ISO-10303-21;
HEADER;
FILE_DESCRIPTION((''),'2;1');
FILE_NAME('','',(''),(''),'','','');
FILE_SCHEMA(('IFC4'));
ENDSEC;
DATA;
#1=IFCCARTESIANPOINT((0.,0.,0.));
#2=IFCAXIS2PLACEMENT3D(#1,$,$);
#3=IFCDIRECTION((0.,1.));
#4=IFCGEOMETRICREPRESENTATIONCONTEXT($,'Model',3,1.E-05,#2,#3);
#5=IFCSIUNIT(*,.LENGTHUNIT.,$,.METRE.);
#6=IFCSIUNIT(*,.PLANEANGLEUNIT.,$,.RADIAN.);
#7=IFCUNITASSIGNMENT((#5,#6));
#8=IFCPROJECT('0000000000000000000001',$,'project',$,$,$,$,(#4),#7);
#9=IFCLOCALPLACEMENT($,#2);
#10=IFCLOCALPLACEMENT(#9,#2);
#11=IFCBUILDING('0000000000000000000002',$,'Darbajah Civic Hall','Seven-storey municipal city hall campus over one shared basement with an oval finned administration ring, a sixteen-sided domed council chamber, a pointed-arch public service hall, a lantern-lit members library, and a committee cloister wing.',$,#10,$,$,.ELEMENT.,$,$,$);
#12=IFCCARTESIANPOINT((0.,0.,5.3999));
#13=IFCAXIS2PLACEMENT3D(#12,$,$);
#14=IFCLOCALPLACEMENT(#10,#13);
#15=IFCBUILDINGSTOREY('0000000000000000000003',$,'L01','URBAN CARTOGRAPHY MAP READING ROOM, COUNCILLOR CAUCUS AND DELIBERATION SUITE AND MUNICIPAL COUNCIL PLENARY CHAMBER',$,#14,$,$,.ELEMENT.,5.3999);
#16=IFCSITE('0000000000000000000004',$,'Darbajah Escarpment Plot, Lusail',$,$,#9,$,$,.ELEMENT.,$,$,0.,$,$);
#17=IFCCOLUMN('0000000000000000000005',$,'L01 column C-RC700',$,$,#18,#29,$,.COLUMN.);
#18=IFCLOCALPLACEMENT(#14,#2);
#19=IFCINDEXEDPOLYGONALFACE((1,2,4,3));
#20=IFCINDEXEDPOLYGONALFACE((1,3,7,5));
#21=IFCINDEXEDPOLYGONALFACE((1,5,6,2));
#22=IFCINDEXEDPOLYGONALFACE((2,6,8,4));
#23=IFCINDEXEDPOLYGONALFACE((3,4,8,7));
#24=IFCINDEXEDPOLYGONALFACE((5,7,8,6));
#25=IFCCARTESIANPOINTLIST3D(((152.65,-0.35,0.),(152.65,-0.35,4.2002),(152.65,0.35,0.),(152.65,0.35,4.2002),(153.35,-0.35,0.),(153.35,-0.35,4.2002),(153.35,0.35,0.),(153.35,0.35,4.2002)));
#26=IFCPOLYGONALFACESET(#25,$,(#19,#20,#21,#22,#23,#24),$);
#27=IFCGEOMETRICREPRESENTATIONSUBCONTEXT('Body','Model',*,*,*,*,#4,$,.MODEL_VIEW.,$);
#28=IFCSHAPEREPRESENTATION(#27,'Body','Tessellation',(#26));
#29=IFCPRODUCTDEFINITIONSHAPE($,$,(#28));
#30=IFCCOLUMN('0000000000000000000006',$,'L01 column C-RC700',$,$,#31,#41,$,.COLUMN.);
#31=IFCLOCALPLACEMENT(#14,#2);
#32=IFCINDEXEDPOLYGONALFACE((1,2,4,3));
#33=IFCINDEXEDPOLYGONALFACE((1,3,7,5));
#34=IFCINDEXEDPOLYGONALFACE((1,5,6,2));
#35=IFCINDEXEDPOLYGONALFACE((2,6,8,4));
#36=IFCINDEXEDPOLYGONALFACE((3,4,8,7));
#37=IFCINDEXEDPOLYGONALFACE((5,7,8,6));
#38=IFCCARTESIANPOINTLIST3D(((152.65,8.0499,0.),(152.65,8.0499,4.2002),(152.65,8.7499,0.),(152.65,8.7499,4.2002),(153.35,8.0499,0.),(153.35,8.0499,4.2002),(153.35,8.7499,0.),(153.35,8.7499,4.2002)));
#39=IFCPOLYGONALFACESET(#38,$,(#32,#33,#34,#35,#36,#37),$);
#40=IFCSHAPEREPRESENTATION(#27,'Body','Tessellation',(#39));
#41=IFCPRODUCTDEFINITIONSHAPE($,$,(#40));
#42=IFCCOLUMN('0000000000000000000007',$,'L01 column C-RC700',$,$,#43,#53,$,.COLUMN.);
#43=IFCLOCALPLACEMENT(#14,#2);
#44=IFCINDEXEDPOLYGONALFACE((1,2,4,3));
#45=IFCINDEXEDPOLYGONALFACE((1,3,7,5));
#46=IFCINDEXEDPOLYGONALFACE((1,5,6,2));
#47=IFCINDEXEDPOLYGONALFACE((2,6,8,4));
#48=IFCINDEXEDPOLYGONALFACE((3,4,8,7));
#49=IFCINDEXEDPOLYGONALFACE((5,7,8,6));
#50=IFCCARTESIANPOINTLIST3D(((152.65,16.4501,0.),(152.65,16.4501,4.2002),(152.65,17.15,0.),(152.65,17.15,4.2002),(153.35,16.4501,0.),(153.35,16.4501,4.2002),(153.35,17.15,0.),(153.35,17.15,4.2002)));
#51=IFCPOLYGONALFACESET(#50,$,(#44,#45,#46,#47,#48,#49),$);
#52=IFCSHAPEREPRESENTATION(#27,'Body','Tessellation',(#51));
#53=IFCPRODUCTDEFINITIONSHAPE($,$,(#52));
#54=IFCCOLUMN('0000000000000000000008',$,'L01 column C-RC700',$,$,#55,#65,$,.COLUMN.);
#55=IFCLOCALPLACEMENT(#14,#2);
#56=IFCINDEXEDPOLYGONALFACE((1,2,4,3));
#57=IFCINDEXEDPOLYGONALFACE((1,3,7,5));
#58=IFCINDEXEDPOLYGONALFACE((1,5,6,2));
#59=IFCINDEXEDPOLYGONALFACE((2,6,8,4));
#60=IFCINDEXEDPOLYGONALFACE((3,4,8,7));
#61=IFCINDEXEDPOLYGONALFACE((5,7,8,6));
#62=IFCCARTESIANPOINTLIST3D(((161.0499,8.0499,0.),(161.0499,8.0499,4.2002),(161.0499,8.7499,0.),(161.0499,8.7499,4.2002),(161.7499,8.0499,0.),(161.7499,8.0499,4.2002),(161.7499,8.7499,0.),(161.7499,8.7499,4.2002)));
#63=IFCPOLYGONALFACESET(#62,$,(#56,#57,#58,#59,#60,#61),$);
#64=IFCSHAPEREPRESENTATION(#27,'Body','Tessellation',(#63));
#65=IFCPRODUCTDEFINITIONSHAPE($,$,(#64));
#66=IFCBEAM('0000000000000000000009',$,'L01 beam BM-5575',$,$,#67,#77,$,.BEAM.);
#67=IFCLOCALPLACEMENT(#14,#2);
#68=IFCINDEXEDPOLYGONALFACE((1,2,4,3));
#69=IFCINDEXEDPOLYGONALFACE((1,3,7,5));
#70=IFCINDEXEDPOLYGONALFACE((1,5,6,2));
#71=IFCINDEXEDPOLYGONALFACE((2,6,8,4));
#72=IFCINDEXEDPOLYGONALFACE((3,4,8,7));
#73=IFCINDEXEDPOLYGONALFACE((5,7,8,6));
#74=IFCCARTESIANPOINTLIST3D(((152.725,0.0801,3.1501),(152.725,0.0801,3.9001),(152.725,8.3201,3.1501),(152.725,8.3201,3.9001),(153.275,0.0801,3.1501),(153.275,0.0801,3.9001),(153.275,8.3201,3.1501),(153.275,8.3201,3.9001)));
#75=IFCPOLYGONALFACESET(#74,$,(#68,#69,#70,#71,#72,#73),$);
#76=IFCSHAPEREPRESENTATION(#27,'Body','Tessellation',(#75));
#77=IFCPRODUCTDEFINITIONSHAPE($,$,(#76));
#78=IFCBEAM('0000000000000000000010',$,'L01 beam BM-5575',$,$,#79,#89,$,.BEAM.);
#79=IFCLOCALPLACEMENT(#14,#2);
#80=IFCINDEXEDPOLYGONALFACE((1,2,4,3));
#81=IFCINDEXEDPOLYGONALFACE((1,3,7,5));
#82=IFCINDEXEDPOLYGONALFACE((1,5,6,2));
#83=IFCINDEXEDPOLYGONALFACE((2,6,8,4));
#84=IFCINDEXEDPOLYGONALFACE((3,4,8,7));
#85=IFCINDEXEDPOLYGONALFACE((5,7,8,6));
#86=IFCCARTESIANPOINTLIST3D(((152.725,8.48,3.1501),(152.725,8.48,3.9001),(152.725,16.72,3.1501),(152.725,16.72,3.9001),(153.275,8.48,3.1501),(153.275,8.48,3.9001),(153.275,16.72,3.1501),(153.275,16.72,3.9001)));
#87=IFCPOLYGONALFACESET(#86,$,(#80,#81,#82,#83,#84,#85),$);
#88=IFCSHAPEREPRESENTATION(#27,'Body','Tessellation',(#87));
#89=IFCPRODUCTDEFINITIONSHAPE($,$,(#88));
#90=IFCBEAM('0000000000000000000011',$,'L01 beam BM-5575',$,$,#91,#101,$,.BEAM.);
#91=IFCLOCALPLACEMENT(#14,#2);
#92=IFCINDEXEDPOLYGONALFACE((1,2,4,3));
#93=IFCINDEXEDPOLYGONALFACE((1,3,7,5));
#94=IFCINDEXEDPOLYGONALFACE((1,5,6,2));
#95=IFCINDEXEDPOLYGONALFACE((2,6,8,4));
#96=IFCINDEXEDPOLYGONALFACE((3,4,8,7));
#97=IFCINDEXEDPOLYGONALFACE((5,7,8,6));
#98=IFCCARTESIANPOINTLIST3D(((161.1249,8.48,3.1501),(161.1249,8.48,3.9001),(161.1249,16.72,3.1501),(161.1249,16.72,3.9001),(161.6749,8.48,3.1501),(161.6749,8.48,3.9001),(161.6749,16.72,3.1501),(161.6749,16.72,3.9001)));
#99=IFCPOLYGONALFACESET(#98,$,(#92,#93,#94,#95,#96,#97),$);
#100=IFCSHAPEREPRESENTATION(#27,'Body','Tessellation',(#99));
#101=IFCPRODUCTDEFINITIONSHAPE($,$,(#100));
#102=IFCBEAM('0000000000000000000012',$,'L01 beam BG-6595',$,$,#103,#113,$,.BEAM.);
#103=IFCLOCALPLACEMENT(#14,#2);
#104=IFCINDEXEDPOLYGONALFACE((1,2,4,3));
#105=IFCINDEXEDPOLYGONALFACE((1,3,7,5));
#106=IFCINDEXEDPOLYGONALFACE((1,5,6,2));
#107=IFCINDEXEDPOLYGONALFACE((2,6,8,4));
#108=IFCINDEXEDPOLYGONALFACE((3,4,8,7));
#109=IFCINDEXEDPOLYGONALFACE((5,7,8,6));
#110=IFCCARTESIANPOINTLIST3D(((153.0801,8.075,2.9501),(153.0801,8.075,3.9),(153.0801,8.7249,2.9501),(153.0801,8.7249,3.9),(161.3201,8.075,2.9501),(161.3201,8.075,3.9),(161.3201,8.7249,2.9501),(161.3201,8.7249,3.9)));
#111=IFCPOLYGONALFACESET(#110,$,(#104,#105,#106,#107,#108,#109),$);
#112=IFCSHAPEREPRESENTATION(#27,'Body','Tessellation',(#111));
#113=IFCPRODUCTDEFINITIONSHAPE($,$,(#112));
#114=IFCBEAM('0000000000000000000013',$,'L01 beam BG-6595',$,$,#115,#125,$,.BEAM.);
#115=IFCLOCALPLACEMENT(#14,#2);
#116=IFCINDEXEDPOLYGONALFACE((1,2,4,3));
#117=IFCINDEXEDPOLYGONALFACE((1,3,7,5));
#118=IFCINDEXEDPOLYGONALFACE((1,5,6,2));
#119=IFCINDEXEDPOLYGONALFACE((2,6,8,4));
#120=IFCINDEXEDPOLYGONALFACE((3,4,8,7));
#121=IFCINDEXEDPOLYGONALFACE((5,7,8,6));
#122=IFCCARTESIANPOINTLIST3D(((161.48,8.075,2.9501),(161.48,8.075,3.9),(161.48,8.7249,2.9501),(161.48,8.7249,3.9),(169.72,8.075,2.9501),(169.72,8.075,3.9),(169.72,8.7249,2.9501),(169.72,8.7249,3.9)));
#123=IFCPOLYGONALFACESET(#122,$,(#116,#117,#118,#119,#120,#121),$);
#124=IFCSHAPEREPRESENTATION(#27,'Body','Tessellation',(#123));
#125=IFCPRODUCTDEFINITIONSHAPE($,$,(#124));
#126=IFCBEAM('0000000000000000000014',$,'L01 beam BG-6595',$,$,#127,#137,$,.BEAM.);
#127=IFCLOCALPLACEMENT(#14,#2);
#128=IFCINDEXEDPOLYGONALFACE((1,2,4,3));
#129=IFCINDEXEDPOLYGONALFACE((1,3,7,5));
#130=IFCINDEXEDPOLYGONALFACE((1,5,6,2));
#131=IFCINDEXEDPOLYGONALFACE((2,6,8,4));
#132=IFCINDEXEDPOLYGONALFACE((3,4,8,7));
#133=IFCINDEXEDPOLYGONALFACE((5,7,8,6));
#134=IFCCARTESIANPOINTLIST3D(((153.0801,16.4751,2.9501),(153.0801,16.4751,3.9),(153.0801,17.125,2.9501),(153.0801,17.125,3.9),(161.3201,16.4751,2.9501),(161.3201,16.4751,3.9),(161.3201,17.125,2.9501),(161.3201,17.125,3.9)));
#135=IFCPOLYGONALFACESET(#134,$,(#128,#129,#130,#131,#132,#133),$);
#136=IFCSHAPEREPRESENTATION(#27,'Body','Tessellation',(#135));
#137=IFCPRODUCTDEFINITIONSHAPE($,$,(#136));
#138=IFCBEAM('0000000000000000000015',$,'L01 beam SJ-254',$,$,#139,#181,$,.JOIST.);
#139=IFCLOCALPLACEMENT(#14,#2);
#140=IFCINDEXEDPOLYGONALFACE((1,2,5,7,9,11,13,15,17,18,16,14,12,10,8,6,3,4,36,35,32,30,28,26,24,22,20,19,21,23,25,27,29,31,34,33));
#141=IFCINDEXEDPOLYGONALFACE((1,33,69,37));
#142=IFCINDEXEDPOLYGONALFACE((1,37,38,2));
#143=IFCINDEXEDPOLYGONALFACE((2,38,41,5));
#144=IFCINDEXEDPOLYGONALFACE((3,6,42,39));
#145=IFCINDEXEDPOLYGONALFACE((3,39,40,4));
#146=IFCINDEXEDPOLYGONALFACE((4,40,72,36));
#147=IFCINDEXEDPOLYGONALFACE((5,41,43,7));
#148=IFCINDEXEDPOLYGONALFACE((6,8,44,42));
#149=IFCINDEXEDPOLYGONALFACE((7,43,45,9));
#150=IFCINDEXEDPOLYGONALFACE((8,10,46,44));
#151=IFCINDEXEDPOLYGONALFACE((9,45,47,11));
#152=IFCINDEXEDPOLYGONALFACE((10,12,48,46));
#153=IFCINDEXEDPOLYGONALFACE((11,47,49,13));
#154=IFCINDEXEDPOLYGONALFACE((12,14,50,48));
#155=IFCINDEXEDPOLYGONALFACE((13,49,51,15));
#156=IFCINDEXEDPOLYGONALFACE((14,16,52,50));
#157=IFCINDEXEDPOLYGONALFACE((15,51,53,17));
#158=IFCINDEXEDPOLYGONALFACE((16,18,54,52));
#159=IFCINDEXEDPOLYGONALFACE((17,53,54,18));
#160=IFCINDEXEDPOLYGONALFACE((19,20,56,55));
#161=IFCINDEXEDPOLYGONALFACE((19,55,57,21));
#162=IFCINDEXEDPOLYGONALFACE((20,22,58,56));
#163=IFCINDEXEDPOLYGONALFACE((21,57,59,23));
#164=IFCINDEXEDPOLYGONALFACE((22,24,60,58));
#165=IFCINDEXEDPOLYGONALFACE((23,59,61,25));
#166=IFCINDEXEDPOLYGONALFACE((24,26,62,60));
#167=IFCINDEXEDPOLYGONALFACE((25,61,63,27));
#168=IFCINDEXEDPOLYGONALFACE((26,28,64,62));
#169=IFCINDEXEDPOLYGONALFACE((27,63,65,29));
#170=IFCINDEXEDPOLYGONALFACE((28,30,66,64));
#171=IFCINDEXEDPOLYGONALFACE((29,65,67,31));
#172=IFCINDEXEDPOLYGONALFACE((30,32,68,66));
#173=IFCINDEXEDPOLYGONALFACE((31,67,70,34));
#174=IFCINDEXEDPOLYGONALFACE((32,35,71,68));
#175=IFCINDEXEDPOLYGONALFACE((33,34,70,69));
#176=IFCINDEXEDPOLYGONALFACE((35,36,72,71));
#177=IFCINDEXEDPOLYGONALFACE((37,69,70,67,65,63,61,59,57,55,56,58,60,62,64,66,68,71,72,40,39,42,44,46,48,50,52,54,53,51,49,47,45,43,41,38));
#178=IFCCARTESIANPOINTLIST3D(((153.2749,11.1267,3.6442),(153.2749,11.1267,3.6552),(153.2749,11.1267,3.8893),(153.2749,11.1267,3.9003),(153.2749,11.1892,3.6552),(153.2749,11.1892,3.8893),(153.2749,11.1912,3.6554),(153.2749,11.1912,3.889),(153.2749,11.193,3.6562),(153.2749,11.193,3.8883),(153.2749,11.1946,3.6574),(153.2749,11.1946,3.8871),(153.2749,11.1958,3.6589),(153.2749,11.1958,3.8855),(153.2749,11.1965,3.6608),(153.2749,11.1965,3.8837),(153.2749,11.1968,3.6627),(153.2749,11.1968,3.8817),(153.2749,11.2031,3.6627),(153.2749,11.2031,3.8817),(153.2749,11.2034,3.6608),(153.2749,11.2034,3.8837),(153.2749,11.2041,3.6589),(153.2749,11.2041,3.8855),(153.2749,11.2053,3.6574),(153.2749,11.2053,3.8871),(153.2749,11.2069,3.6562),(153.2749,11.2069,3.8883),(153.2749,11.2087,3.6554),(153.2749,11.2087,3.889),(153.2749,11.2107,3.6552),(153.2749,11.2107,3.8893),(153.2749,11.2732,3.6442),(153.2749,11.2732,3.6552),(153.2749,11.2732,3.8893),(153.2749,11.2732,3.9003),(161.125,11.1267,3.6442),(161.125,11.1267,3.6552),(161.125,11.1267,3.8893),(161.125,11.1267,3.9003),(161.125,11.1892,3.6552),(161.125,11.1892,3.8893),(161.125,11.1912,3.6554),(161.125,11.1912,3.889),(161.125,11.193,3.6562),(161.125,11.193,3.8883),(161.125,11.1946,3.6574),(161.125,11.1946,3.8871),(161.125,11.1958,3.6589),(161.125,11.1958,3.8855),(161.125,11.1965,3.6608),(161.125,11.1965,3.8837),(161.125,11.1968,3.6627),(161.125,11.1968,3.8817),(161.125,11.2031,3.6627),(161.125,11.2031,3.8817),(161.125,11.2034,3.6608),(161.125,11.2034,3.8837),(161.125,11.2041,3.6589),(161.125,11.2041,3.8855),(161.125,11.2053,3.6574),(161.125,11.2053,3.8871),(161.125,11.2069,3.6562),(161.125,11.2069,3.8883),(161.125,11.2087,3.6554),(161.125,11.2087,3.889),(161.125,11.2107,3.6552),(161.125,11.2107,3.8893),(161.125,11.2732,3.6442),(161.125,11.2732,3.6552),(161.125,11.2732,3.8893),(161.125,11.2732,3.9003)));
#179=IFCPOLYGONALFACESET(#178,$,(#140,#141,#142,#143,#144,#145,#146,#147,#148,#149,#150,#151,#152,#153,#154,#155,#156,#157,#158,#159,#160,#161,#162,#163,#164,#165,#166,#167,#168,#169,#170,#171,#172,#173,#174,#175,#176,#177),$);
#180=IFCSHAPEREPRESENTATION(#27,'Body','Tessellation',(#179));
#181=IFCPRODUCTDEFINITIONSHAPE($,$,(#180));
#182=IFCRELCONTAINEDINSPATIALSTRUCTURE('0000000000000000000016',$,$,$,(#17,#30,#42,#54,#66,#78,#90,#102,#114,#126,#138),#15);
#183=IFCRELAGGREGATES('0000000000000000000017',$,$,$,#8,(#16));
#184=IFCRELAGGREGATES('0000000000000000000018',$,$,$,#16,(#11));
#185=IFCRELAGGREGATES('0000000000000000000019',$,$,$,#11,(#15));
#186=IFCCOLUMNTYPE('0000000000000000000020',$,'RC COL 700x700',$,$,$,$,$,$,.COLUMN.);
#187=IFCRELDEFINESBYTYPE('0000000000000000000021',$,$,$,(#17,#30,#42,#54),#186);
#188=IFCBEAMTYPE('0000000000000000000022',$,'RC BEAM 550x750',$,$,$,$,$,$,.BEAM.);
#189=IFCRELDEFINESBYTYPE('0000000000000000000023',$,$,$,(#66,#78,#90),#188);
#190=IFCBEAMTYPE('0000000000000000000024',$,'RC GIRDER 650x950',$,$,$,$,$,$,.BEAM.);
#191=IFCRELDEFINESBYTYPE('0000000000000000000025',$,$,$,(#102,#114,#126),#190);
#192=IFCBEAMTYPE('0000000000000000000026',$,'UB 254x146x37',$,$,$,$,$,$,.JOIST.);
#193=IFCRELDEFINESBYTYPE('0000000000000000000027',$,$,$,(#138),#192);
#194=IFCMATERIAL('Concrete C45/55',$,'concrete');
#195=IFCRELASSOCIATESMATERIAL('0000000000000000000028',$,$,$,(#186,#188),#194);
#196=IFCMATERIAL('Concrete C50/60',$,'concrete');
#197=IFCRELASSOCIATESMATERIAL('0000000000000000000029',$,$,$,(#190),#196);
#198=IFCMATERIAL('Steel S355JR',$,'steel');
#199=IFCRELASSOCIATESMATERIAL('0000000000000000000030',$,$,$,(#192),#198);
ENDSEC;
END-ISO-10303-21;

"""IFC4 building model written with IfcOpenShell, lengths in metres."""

from ifc_helpers import new_model, si_unit, direction, frame, origin, origin_2d, place, context, subcontext, project, spatial, rectangle, i_section, extrude, material, material_profile, profile_set, type_object, element, save


model = new_model("IFC4")

# Units and contexts
model_context = context("Model", 3, precision=1e-05, world=origin(), true_north=direction((0.0, 1.0)))
body_context = subcontext(model_context, "Body", "Model", "MODEL_VIEW")
ifc_project = project(units=[si_unit("LENGTHUNIT", "METRE"), si_unit("PLANEANGLEUNIT", "RADIAN")], contexts=[model_context])

# Site, building, storey
site_placement = place(None, origin())
site = spatial("IfcSite", under=ifc_project, at=site_placement, Name="Darbajah Escarpment Plot, Lusail", CompositionType="ELEMENT", RefElevation=0.0)
building_placement = place(site_placement, origin())
building = spatial("IfcBuilding", under=site, at=building_placement, Name="Darbajah Civic Hall", Description="Seven-storey municipal city hall campus over one shared basement with an oval finned administration ring, a sixteen-sided domed council chamber, a pointed-arch public service hall, a lantern-lit members library, and a committee cloister wing.", CompositionType="ELEMENT")
storey_placement = place(building_placement, frame((0.0, 0.0, 5.3999)))
storey = spatial("IfcBuildingStorey", under=building, at=storey_placement, Name="L01", Description="URBAN CARTOGRAPHY MAP READING ROOM, COUNCILLOR CAUCUS AND DELIBERATION SUITE AND MUNICIPAL COUNCIL PLENARY CHAMBER", CompositionType="ELEMENT", Elevation=5.3999)

# Columns
ifc_material_1 = material(Name="Concrete C45/55", Category="concrete")
ifc_material_profile_1 = material_profile(ifc_material_1, rectangle(XDim=0.7, YDim=0.7, at=origin_2d()), Name="RC COL 700x700")
ifc_profile_set_1 = profile_set([ifc_material_profile_1], Name="Concrete C45/55")
column_type = type_object("IfcColumnType", Name="RC COL 700x700", PredefinedType="COLUMN", material=ifc_profile_set_1)
for number, where, z_axis, x_axis, name in (
    (1, (153.0, 0.0, 0.0), (0.0, 0.0, 1.0), (1.0, 0.0, 0.0), "L01 column C-RC700"),
    (2, (153.0, 8.3999, 0.0), (0.0, 0.0, 1.0), (1.0, 0.0, 0.0), "L01 column C-RC700"),
    (3, (153.0, 16.8, 0.0), (0.0, 0.0, 1.0), (1.0, 0.0, 0.0), "L01 column C-RC700"),
    (4, (161.3999, 8.3999, 0.0), (0.0, 0.0, 1.0), (1.0, 0.0, 0.0), "L01 column C-RC700"),
):
    element("IfcColumn", number, at=place(storey_placement, frame(where, z_axis=z_axis, x_axis=x_axis)), inside=storey, type_object=column_type, Name=name, PredefinedType="COLUMN", context=body_context, shape_type="SweptSolid", body=[
        extrude(rectangle(XDim=0.7, YDim=0.7, at=origin_2d()), origin(), (0.0, 0.0, 1.0), 4.2002),
    ])

# Beams
ifc_material_profile_2 = material_profile(ifc_material_1, rectangle(XDim=0.55, YDim=0.75, at=origin_2d()), Name="RC BEAM 550x750")
ifc_profile_set_2 = profile_set([ifc_material_profile_2], Name="Concrete C45/55")
beam_type_1 = type_object("IfcBeamType", Name="RC BEAM 550x750", PredefinedType="BEAM", material=ifc_profile_set_2)
for number, where, z_axis, x_axis, name in (
    (5, (153.0, 0.0801, 3.5251), (0.0, 1.0, 0.0), (-1.0, 0.0, 0.0), "L01 beam BM-5575"),
    (6, (153.0, 8.48, 3.5251), (0.0, 1.0, 0.0), (-1.0, 0.0, 0.0), "L01 beam BM-5575"),
    (7, (161.3999, 8.48, 3.5251), (0.0, 1.0, 0.0), (-1.0, 0.0, 0.0), "L01 beam BM-5575"),
):
    element("IfcBeam", number, at=place(storey_placement, frame(where, z_axis=z_axis, x_axis=x_axis)), inside=storey, type_object=beam_type_1, Name=name, PredefinedType="BEAM", context=body_context, shape_type="SweptSolid", body=[
        extrude(rectangle(XDim=0.55, YDim=0.75, at=origin_2d()), origin(), (0.0, 0.0, 1.0), 8.24),
    ])
ifc_material_2 = material(Name="Concrete C50/60", Category="concrete")
ifc_material_profile_3 = material_profile(ifc_material_2, rectangle(XDim=0.6499, YDim=0.95, at=origin_2d()), Name="RC GIRDER 650x950")
ifc_profile_set_3 = profile_set([ifc_material_profile_3], Name="Concrete C50/60")
beam_type_2 = type_object("IfcBeamType", Name="RC GIRDER 650x950", PredefinedType="BEAM", material=ifc_profile_set_3)
for number, where, z_axis, x_axis, name in (
    (8, (153.0801, 8.3999, 3.425), (1.0, 0.0, 0.0), (0.0, 1.0, 0.0), "L01 beam BG-6595"),
    (9, (161.48, 8.3999, 3.425), (1.0, 0.0, 0.0), (0.0, 1.0, 0.0), "L01 beam BG-6595"),
    (10, (153.0801, 16.8, 3.425), (1.0, 0.0, 0.0), (0.0, 1.0, 0.0), "L01 beam BG-6595"),
):
    element("IfcBeam", number, at=place(storey_placement, frame(where, z_axis=z_axis, x_axis=x_axis)), inside=storey, type_object=beam_type_2, Name=name, PredefinedType="BEAM", context=body_context, shape_type="SweptSolid", body=[
        extrude(rectangle(XDim=0.6499, YDim=0.95, at=origin_2d()), origin(), (0.0, 0.0, 1.0), 8.24),
    ])
ifc_material_3 = material(Name="Steel S355JR", Category="steel")
ifc_material_profile_4 = material_profile(ifc_material_3, i_section(OverallWidth=0.1465, OverallDepth=0.2561, WebThickness=0.0063, FlangeThickness=0.011, FilletRadius=0.0076, at=origin_2d()), Name="UB 254x146x37")
ifc_profile_set_4 = profile_set([ifc_material_profile_4], Name="Steel S355JR")
beam_type_3 = type_object("IfcBeamType", Name="UB 254x146x37", PredefinedType="JOIST", material=ifc_profile_set_4)
for number, where, z_axis, x_axis, name in (
    (11, (153.2749, 11.2, 3.7722), (1.0, 0.0, 0.0), (0.0, 1.0, 0.0), "L01 beam SJ-254"),
):
    element("IfcBeam", number, at=place(storey_placement, frame(where, z_axis=z_axis, x_axis=x_axis)), inside=storey, type_object=beam_type_3, Name=name, PredefinedType="JOIST", context=body_context, shape_type="SweptSolid", body=[
        extrude(i_section(OverallWidth=0.1465, OverallDepth=0.2561, WebThickness=0.0063, FlangeThickness=0.011, FilletRadius=0.0076, at=origin_2d()), origin(), (0.0, 0.0, 1.0), 7.8501),
    ])

save(model, "model.ifc")
